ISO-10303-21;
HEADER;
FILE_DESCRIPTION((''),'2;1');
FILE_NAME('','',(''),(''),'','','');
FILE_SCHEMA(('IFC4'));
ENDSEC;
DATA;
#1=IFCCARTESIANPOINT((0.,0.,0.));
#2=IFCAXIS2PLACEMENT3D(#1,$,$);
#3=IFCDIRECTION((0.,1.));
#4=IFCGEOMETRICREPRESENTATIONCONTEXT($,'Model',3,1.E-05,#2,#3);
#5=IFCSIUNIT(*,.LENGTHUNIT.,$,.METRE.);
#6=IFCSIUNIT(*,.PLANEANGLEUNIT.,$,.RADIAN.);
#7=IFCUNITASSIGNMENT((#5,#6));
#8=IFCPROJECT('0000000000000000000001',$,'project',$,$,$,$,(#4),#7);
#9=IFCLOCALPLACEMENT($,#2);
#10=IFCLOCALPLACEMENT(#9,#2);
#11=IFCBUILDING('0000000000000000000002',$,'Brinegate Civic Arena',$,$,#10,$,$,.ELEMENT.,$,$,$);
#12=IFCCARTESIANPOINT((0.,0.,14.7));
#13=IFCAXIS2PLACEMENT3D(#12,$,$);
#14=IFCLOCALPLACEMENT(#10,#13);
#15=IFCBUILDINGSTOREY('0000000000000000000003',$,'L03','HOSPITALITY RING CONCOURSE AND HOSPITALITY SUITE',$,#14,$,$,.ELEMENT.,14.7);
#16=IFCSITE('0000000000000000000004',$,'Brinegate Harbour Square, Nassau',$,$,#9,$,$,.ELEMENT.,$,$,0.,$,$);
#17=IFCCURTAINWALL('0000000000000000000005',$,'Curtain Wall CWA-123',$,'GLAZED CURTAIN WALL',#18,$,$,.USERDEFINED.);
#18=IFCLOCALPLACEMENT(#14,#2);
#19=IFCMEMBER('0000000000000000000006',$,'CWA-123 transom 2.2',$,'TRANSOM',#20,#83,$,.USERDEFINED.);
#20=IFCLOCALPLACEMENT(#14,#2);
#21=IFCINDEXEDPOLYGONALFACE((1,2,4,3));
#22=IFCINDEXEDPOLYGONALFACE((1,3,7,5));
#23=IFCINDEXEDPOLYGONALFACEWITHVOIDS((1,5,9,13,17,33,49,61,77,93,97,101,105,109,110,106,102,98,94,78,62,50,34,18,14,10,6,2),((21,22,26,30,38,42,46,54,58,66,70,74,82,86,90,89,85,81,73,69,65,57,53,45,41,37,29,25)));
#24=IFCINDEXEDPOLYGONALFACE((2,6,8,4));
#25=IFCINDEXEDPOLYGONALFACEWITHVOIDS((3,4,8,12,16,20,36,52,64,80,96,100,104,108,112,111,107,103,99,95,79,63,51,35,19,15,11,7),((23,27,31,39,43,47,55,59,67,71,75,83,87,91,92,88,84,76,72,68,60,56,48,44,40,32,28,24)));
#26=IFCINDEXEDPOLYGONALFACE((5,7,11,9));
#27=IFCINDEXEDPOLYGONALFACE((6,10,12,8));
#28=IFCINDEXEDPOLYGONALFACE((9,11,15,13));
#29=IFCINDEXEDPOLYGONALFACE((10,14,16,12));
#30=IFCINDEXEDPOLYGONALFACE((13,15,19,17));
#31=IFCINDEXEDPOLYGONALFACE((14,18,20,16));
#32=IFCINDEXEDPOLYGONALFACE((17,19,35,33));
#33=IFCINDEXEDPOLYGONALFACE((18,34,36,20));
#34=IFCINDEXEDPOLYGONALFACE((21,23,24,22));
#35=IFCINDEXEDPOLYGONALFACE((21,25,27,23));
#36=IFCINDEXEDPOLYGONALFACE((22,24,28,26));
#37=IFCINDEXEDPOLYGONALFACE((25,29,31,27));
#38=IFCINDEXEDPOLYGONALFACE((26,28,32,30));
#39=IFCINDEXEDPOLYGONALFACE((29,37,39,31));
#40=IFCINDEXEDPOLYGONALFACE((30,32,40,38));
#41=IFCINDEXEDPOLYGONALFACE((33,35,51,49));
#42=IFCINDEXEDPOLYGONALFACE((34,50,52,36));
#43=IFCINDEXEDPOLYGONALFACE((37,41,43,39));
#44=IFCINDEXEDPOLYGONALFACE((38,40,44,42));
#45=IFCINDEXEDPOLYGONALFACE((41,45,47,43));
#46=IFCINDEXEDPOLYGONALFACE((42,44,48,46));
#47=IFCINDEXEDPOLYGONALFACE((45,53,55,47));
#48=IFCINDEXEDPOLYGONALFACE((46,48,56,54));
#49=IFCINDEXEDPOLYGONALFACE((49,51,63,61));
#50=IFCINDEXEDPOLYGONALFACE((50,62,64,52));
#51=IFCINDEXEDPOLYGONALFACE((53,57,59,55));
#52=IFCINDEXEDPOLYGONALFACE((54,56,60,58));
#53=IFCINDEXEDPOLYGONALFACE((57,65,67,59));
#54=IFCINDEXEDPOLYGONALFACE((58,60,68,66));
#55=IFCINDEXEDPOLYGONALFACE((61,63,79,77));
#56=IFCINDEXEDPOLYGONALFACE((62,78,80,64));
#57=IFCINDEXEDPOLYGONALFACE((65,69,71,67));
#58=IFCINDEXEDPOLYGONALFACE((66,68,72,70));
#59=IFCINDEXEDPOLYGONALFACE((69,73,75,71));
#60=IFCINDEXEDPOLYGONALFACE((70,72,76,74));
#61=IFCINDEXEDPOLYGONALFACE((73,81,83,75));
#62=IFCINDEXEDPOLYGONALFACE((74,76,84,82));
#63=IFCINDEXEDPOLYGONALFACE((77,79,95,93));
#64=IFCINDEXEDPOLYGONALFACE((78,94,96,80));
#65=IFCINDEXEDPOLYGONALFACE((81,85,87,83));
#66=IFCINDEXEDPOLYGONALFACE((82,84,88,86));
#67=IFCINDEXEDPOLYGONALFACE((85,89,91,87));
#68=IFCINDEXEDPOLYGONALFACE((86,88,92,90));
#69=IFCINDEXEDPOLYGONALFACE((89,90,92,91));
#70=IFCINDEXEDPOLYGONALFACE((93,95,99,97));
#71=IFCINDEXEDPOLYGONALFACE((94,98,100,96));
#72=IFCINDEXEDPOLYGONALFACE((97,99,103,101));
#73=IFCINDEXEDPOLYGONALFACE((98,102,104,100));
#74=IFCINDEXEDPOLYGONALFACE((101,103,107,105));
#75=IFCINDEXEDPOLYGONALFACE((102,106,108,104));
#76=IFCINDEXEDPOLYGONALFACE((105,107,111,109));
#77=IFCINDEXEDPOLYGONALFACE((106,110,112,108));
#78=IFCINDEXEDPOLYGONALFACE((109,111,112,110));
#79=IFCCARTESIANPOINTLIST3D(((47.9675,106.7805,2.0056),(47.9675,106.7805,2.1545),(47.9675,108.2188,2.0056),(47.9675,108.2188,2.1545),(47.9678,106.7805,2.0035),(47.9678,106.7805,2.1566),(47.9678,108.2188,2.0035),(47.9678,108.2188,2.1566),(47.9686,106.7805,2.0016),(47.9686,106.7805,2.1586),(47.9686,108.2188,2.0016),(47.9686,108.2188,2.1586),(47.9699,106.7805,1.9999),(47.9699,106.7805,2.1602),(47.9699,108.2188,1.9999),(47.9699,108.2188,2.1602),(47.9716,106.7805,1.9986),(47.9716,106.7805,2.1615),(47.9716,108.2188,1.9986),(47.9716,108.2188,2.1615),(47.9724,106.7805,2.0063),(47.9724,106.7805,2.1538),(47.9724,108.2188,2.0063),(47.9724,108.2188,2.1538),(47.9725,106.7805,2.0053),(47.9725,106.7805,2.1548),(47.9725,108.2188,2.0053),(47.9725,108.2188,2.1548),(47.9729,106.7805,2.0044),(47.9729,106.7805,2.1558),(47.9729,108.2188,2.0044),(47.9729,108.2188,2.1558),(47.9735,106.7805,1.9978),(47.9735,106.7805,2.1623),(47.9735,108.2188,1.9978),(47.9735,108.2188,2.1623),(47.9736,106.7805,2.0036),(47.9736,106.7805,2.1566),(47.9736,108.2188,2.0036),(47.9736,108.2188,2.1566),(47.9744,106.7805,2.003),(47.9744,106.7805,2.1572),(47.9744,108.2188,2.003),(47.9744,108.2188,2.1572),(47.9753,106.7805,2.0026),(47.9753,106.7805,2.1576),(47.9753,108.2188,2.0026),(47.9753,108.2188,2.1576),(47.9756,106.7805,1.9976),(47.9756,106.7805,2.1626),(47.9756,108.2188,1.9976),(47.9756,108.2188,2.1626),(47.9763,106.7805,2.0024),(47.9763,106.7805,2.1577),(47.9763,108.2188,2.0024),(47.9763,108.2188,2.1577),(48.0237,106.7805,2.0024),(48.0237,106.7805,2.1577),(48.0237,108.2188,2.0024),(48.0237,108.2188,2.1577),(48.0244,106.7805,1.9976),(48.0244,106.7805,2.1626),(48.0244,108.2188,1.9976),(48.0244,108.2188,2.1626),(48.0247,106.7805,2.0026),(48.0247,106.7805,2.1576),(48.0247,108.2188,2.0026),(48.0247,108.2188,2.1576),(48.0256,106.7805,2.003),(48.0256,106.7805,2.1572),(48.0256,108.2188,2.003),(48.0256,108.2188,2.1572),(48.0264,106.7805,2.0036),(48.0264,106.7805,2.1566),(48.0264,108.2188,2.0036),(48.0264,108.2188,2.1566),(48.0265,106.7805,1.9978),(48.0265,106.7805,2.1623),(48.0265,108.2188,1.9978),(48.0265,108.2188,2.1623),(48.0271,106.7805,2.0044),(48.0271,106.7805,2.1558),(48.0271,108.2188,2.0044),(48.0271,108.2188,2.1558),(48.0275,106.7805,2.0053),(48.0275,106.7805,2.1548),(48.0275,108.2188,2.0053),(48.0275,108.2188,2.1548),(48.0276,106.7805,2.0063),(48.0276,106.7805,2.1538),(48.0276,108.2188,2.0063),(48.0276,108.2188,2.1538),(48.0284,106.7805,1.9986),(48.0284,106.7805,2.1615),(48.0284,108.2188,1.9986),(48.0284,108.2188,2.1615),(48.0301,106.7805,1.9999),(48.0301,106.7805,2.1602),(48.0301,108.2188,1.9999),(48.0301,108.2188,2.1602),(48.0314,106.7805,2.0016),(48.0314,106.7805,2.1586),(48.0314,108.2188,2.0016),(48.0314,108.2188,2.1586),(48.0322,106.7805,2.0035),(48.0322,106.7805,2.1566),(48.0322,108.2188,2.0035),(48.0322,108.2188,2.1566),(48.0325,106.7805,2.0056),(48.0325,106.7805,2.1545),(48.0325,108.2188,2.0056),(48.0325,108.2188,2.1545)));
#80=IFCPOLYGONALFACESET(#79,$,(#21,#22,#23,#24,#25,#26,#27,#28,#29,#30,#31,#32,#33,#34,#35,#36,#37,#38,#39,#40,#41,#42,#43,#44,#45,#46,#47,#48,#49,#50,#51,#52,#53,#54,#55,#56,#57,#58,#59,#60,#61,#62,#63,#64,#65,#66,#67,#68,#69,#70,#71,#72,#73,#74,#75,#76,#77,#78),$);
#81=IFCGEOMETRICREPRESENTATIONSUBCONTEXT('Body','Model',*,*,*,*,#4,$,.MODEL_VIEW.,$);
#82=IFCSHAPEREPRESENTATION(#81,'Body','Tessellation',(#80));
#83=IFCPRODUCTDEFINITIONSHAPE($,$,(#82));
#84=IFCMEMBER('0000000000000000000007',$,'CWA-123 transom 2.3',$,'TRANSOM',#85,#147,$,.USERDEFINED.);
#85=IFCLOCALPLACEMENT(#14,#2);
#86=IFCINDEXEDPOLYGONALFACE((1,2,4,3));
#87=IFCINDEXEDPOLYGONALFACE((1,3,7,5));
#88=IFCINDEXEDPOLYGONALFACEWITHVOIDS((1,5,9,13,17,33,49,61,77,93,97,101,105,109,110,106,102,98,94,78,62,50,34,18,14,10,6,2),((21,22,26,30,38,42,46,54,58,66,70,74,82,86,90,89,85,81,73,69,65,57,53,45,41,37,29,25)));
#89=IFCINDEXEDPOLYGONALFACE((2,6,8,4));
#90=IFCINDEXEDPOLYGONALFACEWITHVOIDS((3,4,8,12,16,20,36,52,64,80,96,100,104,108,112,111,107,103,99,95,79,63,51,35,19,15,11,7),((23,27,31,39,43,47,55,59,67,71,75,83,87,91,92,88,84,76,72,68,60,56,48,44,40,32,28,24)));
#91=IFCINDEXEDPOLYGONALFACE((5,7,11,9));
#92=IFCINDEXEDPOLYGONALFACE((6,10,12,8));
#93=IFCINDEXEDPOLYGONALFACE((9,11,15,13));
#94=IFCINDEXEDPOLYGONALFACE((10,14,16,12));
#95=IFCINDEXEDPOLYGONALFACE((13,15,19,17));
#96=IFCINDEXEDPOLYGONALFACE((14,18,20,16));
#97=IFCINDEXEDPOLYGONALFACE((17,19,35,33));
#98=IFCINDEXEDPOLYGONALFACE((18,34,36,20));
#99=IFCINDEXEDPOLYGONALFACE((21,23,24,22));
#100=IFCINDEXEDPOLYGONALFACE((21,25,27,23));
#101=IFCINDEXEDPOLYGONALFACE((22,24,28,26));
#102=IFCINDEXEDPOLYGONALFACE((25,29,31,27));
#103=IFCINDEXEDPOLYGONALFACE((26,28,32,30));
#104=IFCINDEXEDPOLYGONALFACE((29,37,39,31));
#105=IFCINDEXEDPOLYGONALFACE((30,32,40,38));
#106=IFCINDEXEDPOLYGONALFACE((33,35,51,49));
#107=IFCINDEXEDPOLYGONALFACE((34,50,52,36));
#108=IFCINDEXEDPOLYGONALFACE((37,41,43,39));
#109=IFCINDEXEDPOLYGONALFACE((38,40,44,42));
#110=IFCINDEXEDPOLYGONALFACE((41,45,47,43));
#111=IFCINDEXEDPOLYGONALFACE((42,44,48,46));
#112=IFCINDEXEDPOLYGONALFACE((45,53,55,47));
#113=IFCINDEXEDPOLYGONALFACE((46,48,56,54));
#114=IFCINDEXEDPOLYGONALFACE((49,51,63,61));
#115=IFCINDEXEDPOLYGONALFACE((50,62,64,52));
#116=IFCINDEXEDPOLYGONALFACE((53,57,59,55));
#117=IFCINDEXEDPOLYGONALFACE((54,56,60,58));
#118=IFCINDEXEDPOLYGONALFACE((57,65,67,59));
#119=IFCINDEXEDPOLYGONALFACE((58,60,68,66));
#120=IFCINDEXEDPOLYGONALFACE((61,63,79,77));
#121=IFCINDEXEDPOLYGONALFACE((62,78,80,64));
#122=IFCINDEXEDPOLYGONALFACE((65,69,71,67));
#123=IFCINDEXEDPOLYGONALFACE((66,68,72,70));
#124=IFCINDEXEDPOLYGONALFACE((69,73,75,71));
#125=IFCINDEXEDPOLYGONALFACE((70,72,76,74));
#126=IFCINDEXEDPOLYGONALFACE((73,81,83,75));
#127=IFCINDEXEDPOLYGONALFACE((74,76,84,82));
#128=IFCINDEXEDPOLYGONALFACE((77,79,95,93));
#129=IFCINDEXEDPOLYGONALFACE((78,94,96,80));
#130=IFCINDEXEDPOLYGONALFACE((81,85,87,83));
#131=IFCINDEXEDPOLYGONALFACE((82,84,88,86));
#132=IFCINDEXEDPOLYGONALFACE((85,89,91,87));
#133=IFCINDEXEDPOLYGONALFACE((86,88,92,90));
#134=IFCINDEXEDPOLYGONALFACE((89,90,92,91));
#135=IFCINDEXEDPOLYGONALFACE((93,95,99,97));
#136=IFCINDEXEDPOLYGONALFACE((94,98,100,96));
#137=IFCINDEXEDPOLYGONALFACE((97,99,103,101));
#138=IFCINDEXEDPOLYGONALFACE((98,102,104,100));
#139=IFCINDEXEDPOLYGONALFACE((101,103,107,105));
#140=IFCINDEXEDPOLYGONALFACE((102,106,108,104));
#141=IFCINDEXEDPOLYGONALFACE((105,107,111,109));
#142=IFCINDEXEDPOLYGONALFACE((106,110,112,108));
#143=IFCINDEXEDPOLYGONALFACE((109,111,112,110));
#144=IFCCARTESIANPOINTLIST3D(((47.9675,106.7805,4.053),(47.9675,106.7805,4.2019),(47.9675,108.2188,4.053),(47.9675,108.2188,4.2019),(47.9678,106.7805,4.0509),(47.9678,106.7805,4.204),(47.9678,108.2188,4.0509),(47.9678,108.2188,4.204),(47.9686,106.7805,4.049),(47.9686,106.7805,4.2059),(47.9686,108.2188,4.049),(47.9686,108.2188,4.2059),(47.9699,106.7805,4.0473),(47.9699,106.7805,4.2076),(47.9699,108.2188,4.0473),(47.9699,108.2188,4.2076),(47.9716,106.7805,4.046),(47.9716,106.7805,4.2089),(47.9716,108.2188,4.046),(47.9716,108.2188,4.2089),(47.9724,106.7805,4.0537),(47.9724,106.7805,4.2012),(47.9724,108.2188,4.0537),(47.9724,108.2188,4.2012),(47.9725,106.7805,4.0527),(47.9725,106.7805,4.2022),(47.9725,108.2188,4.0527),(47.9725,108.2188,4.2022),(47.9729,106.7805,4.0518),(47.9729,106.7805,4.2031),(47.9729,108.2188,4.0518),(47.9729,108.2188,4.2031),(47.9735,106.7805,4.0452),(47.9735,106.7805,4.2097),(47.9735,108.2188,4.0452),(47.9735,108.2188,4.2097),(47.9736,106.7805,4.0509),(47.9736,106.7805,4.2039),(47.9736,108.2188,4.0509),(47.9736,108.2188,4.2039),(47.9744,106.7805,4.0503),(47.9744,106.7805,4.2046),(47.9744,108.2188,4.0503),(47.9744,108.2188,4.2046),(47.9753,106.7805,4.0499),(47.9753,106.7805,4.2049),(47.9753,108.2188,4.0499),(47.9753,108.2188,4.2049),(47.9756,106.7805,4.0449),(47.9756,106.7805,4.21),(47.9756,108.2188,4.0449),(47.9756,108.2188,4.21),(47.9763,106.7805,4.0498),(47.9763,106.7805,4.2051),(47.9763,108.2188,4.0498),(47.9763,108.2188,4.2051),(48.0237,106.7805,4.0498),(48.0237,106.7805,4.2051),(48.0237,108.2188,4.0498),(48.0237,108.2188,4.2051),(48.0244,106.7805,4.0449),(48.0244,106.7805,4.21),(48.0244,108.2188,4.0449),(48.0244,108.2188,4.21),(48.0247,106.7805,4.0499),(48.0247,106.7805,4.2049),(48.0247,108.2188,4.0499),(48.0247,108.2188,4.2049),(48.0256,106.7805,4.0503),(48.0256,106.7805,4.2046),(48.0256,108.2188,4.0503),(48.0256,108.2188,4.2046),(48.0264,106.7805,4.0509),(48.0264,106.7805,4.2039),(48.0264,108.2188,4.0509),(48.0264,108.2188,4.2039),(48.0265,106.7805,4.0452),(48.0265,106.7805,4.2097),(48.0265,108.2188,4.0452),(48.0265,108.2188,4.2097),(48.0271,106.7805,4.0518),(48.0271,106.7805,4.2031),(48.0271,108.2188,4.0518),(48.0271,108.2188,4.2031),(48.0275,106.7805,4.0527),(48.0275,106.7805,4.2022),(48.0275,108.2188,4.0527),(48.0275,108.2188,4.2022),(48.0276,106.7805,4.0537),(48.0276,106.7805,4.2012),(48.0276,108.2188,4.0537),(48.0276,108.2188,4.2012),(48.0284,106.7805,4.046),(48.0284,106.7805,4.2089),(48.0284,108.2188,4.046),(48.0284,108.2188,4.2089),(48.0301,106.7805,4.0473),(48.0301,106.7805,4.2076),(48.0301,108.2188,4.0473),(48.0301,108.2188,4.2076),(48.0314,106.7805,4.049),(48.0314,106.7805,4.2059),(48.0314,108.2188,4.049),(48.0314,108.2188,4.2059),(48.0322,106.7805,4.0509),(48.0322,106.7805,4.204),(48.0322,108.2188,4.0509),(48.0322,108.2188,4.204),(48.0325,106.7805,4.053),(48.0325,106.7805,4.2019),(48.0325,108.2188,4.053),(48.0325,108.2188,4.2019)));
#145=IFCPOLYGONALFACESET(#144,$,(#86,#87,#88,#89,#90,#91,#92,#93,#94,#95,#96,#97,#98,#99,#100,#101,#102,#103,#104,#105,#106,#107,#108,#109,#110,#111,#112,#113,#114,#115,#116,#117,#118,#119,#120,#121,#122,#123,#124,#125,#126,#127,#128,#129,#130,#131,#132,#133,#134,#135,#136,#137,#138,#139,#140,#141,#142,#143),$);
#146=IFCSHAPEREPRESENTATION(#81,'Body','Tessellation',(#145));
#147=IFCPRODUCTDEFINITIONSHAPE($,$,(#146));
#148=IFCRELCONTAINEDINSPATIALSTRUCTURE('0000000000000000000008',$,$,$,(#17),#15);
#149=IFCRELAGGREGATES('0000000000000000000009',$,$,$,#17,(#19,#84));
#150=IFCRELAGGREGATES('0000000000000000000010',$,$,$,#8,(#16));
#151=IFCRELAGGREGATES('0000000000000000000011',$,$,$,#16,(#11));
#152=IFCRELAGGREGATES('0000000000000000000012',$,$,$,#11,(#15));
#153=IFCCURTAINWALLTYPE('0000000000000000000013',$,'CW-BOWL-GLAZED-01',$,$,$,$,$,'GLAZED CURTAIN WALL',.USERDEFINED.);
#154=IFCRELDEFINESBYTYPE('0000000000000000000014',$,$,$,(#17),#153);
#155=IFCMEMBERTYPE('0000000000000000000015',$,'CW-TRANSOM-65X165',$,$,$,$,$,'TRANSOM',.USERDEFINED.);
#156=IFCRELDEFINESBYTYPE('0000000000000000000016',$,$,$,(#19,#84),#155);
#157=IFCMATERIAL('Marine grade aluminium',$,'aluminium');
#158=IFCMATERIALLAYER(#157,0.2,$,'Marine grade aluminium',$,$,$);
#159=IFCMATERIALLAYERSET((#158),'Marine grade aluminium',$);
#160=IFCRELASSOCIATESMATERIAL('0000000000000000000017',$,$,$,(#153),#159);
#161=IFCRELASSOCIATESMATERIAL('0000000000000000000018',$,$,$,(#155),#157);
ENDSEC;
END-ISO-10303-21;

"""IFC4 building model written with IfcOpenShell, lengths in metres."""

from ifc_helpers import new_model, si_unit, direction, frame, origin, origin_2d, place, context, subcontext, project, spatial, hollow_rectangle, extrude, material, layer, layer_set, material_profile, profile_set, type_object, element, aggregate, save


model = new_model("IFC4")

# Units and contexts
model_context = context("Model", 3, precision=1e-05, world=origin(), true_north=direction((0.0, 1.0)))
body_context = subcontext(model_context, "Body", "Model", "MODEL_VIEW")
ifc_project = project(units=[si_unit("LENGTHUNIT", "METRE"), si_unit("PLANEANGLEUNIT", "RADIAN")], contexts=[model_context])

# Site, building, storey
site_placement = place(None, origin())
site = spatial("IfcSite", under=ifc_project, at=site_placement, Name="Brinegate Harbour Square, Nassau", CompositionType="ELEMENT", RefElevation=0.0)
building_placement = place(site_placement, origin())
building = spatial("IfcBuilding", under=site, at=building_placement, Name="Brinegate Civic Arena", CompositionType="ELEMENT")
storey_placement = place(building_placement, frame((0.0, 0.0, 14.7)))
storey = spatial("IfcBuildingStorey", under=building, at=storey_placement, Name="L03", Description="HOSPITALITY RING CONCOURSE AND HOSPITALITY SUITE", CompositionType="ELEMENT", Elevation=14.7)

# Curtain wall, members
ifc_material_1 = material(Name="Marine grade aluminium", Category="aluminium")
ifc_layer_1 = layer(ifc_material_1, 0.2, Name="Marine grade aluminium")
ifc_layer_set_1 = layer_set([ifc_layer_1], Name="Marine grade aluminium")
curtain_wall_type = type_object("IfcCurtainWallType", Name="CW-BOWL-GLAZED-01", ElementType="GLAZED CURTAIN WALL", PredefinedType="USERDEFINED", material=ifc_layer_set_1)
curtain_wall_placement = place(storey_placement, origin())
curtain_wall = element("IfcCurtainWall", 1, at=curtain_wall_placement, inside=storey, type_object=curtain_wall_type, Name="Curtain Wall CWA-123", ObjectType="GLAZED CURTAIN WALL", PredefinedType="USERDEFINED")
ifc_material_profile_1 = material_profile(ifc_material_1, hollow_rectangle(XDim=0.0649, YDim=0.165, WallThickness=0.0049, InnerFilletRadius=0.0039, OuterFilletRadius=0.0081, at=origin_2d()), Name="TRN65X165")
ifc_profile_set_1 = profile_set([ifc_material_profile_1], Name="Marine grade aluminium")
member_type_1 = type_object("IfcMemberType", Name="CW-TRANSOM-65X165", ElementType="TRANSOM", PredefinedType="USERDEFINED", material=ifc_profile_set_1)
member_1_placement = place(storey_placement, frame((48.0, 106.7805, 2.0801), z_axis=(0.0, 1.0, 0.0), x_axis=(-1.0, 0.0, 0.0)))
member_1 = element("IfcMember", 2, at=member_1_placement, type_object=member_type_1, Name="CWA-123 transom 2.2", ObjectType="TRANSOM", PredefinedType="USERDEFINED", context=body_context, shape_type="SweptSolid", body=[
    extrude(hollow_rectangle(XDim=0.0649, YDim=0.165, WallThickness=0.0049, InnerFilletRadius=0.0039, OuterFilletRadius=0.0081, at=origin_2d()), origin(), (0.0, 0.0, 1.0), 1.4382),
])
member_2_placement = place(storey_placement, frame((48.0, 106.7805, 4.1274), z_axis=(0.0, 1.0, 0.0), x_axis=(-1.0, 0.0, 0.0)))
member_2 = element("IfcMember", 3, at=member_2_placement, type_object=member_type_1, Name="CWA-123 transom 2.3", ObjectType="TRANSOM", PredefinedType="USERDEFINED", context=body_context, shape_type="SweptSolid", body=[
    extrude(hollow_rectangle(XDim=0.0649, YDim=0.165, WallThickness=0.0049, InnerFilletRadius=0.0039, OuterFilletRadius=0.0081, at=origin_2d()), origin(), (0.0, 0.0, 1.0), 1.4382),
])

aggregate(curtain_wall, [member_1, member_2])

save(model, "model.ifc")
